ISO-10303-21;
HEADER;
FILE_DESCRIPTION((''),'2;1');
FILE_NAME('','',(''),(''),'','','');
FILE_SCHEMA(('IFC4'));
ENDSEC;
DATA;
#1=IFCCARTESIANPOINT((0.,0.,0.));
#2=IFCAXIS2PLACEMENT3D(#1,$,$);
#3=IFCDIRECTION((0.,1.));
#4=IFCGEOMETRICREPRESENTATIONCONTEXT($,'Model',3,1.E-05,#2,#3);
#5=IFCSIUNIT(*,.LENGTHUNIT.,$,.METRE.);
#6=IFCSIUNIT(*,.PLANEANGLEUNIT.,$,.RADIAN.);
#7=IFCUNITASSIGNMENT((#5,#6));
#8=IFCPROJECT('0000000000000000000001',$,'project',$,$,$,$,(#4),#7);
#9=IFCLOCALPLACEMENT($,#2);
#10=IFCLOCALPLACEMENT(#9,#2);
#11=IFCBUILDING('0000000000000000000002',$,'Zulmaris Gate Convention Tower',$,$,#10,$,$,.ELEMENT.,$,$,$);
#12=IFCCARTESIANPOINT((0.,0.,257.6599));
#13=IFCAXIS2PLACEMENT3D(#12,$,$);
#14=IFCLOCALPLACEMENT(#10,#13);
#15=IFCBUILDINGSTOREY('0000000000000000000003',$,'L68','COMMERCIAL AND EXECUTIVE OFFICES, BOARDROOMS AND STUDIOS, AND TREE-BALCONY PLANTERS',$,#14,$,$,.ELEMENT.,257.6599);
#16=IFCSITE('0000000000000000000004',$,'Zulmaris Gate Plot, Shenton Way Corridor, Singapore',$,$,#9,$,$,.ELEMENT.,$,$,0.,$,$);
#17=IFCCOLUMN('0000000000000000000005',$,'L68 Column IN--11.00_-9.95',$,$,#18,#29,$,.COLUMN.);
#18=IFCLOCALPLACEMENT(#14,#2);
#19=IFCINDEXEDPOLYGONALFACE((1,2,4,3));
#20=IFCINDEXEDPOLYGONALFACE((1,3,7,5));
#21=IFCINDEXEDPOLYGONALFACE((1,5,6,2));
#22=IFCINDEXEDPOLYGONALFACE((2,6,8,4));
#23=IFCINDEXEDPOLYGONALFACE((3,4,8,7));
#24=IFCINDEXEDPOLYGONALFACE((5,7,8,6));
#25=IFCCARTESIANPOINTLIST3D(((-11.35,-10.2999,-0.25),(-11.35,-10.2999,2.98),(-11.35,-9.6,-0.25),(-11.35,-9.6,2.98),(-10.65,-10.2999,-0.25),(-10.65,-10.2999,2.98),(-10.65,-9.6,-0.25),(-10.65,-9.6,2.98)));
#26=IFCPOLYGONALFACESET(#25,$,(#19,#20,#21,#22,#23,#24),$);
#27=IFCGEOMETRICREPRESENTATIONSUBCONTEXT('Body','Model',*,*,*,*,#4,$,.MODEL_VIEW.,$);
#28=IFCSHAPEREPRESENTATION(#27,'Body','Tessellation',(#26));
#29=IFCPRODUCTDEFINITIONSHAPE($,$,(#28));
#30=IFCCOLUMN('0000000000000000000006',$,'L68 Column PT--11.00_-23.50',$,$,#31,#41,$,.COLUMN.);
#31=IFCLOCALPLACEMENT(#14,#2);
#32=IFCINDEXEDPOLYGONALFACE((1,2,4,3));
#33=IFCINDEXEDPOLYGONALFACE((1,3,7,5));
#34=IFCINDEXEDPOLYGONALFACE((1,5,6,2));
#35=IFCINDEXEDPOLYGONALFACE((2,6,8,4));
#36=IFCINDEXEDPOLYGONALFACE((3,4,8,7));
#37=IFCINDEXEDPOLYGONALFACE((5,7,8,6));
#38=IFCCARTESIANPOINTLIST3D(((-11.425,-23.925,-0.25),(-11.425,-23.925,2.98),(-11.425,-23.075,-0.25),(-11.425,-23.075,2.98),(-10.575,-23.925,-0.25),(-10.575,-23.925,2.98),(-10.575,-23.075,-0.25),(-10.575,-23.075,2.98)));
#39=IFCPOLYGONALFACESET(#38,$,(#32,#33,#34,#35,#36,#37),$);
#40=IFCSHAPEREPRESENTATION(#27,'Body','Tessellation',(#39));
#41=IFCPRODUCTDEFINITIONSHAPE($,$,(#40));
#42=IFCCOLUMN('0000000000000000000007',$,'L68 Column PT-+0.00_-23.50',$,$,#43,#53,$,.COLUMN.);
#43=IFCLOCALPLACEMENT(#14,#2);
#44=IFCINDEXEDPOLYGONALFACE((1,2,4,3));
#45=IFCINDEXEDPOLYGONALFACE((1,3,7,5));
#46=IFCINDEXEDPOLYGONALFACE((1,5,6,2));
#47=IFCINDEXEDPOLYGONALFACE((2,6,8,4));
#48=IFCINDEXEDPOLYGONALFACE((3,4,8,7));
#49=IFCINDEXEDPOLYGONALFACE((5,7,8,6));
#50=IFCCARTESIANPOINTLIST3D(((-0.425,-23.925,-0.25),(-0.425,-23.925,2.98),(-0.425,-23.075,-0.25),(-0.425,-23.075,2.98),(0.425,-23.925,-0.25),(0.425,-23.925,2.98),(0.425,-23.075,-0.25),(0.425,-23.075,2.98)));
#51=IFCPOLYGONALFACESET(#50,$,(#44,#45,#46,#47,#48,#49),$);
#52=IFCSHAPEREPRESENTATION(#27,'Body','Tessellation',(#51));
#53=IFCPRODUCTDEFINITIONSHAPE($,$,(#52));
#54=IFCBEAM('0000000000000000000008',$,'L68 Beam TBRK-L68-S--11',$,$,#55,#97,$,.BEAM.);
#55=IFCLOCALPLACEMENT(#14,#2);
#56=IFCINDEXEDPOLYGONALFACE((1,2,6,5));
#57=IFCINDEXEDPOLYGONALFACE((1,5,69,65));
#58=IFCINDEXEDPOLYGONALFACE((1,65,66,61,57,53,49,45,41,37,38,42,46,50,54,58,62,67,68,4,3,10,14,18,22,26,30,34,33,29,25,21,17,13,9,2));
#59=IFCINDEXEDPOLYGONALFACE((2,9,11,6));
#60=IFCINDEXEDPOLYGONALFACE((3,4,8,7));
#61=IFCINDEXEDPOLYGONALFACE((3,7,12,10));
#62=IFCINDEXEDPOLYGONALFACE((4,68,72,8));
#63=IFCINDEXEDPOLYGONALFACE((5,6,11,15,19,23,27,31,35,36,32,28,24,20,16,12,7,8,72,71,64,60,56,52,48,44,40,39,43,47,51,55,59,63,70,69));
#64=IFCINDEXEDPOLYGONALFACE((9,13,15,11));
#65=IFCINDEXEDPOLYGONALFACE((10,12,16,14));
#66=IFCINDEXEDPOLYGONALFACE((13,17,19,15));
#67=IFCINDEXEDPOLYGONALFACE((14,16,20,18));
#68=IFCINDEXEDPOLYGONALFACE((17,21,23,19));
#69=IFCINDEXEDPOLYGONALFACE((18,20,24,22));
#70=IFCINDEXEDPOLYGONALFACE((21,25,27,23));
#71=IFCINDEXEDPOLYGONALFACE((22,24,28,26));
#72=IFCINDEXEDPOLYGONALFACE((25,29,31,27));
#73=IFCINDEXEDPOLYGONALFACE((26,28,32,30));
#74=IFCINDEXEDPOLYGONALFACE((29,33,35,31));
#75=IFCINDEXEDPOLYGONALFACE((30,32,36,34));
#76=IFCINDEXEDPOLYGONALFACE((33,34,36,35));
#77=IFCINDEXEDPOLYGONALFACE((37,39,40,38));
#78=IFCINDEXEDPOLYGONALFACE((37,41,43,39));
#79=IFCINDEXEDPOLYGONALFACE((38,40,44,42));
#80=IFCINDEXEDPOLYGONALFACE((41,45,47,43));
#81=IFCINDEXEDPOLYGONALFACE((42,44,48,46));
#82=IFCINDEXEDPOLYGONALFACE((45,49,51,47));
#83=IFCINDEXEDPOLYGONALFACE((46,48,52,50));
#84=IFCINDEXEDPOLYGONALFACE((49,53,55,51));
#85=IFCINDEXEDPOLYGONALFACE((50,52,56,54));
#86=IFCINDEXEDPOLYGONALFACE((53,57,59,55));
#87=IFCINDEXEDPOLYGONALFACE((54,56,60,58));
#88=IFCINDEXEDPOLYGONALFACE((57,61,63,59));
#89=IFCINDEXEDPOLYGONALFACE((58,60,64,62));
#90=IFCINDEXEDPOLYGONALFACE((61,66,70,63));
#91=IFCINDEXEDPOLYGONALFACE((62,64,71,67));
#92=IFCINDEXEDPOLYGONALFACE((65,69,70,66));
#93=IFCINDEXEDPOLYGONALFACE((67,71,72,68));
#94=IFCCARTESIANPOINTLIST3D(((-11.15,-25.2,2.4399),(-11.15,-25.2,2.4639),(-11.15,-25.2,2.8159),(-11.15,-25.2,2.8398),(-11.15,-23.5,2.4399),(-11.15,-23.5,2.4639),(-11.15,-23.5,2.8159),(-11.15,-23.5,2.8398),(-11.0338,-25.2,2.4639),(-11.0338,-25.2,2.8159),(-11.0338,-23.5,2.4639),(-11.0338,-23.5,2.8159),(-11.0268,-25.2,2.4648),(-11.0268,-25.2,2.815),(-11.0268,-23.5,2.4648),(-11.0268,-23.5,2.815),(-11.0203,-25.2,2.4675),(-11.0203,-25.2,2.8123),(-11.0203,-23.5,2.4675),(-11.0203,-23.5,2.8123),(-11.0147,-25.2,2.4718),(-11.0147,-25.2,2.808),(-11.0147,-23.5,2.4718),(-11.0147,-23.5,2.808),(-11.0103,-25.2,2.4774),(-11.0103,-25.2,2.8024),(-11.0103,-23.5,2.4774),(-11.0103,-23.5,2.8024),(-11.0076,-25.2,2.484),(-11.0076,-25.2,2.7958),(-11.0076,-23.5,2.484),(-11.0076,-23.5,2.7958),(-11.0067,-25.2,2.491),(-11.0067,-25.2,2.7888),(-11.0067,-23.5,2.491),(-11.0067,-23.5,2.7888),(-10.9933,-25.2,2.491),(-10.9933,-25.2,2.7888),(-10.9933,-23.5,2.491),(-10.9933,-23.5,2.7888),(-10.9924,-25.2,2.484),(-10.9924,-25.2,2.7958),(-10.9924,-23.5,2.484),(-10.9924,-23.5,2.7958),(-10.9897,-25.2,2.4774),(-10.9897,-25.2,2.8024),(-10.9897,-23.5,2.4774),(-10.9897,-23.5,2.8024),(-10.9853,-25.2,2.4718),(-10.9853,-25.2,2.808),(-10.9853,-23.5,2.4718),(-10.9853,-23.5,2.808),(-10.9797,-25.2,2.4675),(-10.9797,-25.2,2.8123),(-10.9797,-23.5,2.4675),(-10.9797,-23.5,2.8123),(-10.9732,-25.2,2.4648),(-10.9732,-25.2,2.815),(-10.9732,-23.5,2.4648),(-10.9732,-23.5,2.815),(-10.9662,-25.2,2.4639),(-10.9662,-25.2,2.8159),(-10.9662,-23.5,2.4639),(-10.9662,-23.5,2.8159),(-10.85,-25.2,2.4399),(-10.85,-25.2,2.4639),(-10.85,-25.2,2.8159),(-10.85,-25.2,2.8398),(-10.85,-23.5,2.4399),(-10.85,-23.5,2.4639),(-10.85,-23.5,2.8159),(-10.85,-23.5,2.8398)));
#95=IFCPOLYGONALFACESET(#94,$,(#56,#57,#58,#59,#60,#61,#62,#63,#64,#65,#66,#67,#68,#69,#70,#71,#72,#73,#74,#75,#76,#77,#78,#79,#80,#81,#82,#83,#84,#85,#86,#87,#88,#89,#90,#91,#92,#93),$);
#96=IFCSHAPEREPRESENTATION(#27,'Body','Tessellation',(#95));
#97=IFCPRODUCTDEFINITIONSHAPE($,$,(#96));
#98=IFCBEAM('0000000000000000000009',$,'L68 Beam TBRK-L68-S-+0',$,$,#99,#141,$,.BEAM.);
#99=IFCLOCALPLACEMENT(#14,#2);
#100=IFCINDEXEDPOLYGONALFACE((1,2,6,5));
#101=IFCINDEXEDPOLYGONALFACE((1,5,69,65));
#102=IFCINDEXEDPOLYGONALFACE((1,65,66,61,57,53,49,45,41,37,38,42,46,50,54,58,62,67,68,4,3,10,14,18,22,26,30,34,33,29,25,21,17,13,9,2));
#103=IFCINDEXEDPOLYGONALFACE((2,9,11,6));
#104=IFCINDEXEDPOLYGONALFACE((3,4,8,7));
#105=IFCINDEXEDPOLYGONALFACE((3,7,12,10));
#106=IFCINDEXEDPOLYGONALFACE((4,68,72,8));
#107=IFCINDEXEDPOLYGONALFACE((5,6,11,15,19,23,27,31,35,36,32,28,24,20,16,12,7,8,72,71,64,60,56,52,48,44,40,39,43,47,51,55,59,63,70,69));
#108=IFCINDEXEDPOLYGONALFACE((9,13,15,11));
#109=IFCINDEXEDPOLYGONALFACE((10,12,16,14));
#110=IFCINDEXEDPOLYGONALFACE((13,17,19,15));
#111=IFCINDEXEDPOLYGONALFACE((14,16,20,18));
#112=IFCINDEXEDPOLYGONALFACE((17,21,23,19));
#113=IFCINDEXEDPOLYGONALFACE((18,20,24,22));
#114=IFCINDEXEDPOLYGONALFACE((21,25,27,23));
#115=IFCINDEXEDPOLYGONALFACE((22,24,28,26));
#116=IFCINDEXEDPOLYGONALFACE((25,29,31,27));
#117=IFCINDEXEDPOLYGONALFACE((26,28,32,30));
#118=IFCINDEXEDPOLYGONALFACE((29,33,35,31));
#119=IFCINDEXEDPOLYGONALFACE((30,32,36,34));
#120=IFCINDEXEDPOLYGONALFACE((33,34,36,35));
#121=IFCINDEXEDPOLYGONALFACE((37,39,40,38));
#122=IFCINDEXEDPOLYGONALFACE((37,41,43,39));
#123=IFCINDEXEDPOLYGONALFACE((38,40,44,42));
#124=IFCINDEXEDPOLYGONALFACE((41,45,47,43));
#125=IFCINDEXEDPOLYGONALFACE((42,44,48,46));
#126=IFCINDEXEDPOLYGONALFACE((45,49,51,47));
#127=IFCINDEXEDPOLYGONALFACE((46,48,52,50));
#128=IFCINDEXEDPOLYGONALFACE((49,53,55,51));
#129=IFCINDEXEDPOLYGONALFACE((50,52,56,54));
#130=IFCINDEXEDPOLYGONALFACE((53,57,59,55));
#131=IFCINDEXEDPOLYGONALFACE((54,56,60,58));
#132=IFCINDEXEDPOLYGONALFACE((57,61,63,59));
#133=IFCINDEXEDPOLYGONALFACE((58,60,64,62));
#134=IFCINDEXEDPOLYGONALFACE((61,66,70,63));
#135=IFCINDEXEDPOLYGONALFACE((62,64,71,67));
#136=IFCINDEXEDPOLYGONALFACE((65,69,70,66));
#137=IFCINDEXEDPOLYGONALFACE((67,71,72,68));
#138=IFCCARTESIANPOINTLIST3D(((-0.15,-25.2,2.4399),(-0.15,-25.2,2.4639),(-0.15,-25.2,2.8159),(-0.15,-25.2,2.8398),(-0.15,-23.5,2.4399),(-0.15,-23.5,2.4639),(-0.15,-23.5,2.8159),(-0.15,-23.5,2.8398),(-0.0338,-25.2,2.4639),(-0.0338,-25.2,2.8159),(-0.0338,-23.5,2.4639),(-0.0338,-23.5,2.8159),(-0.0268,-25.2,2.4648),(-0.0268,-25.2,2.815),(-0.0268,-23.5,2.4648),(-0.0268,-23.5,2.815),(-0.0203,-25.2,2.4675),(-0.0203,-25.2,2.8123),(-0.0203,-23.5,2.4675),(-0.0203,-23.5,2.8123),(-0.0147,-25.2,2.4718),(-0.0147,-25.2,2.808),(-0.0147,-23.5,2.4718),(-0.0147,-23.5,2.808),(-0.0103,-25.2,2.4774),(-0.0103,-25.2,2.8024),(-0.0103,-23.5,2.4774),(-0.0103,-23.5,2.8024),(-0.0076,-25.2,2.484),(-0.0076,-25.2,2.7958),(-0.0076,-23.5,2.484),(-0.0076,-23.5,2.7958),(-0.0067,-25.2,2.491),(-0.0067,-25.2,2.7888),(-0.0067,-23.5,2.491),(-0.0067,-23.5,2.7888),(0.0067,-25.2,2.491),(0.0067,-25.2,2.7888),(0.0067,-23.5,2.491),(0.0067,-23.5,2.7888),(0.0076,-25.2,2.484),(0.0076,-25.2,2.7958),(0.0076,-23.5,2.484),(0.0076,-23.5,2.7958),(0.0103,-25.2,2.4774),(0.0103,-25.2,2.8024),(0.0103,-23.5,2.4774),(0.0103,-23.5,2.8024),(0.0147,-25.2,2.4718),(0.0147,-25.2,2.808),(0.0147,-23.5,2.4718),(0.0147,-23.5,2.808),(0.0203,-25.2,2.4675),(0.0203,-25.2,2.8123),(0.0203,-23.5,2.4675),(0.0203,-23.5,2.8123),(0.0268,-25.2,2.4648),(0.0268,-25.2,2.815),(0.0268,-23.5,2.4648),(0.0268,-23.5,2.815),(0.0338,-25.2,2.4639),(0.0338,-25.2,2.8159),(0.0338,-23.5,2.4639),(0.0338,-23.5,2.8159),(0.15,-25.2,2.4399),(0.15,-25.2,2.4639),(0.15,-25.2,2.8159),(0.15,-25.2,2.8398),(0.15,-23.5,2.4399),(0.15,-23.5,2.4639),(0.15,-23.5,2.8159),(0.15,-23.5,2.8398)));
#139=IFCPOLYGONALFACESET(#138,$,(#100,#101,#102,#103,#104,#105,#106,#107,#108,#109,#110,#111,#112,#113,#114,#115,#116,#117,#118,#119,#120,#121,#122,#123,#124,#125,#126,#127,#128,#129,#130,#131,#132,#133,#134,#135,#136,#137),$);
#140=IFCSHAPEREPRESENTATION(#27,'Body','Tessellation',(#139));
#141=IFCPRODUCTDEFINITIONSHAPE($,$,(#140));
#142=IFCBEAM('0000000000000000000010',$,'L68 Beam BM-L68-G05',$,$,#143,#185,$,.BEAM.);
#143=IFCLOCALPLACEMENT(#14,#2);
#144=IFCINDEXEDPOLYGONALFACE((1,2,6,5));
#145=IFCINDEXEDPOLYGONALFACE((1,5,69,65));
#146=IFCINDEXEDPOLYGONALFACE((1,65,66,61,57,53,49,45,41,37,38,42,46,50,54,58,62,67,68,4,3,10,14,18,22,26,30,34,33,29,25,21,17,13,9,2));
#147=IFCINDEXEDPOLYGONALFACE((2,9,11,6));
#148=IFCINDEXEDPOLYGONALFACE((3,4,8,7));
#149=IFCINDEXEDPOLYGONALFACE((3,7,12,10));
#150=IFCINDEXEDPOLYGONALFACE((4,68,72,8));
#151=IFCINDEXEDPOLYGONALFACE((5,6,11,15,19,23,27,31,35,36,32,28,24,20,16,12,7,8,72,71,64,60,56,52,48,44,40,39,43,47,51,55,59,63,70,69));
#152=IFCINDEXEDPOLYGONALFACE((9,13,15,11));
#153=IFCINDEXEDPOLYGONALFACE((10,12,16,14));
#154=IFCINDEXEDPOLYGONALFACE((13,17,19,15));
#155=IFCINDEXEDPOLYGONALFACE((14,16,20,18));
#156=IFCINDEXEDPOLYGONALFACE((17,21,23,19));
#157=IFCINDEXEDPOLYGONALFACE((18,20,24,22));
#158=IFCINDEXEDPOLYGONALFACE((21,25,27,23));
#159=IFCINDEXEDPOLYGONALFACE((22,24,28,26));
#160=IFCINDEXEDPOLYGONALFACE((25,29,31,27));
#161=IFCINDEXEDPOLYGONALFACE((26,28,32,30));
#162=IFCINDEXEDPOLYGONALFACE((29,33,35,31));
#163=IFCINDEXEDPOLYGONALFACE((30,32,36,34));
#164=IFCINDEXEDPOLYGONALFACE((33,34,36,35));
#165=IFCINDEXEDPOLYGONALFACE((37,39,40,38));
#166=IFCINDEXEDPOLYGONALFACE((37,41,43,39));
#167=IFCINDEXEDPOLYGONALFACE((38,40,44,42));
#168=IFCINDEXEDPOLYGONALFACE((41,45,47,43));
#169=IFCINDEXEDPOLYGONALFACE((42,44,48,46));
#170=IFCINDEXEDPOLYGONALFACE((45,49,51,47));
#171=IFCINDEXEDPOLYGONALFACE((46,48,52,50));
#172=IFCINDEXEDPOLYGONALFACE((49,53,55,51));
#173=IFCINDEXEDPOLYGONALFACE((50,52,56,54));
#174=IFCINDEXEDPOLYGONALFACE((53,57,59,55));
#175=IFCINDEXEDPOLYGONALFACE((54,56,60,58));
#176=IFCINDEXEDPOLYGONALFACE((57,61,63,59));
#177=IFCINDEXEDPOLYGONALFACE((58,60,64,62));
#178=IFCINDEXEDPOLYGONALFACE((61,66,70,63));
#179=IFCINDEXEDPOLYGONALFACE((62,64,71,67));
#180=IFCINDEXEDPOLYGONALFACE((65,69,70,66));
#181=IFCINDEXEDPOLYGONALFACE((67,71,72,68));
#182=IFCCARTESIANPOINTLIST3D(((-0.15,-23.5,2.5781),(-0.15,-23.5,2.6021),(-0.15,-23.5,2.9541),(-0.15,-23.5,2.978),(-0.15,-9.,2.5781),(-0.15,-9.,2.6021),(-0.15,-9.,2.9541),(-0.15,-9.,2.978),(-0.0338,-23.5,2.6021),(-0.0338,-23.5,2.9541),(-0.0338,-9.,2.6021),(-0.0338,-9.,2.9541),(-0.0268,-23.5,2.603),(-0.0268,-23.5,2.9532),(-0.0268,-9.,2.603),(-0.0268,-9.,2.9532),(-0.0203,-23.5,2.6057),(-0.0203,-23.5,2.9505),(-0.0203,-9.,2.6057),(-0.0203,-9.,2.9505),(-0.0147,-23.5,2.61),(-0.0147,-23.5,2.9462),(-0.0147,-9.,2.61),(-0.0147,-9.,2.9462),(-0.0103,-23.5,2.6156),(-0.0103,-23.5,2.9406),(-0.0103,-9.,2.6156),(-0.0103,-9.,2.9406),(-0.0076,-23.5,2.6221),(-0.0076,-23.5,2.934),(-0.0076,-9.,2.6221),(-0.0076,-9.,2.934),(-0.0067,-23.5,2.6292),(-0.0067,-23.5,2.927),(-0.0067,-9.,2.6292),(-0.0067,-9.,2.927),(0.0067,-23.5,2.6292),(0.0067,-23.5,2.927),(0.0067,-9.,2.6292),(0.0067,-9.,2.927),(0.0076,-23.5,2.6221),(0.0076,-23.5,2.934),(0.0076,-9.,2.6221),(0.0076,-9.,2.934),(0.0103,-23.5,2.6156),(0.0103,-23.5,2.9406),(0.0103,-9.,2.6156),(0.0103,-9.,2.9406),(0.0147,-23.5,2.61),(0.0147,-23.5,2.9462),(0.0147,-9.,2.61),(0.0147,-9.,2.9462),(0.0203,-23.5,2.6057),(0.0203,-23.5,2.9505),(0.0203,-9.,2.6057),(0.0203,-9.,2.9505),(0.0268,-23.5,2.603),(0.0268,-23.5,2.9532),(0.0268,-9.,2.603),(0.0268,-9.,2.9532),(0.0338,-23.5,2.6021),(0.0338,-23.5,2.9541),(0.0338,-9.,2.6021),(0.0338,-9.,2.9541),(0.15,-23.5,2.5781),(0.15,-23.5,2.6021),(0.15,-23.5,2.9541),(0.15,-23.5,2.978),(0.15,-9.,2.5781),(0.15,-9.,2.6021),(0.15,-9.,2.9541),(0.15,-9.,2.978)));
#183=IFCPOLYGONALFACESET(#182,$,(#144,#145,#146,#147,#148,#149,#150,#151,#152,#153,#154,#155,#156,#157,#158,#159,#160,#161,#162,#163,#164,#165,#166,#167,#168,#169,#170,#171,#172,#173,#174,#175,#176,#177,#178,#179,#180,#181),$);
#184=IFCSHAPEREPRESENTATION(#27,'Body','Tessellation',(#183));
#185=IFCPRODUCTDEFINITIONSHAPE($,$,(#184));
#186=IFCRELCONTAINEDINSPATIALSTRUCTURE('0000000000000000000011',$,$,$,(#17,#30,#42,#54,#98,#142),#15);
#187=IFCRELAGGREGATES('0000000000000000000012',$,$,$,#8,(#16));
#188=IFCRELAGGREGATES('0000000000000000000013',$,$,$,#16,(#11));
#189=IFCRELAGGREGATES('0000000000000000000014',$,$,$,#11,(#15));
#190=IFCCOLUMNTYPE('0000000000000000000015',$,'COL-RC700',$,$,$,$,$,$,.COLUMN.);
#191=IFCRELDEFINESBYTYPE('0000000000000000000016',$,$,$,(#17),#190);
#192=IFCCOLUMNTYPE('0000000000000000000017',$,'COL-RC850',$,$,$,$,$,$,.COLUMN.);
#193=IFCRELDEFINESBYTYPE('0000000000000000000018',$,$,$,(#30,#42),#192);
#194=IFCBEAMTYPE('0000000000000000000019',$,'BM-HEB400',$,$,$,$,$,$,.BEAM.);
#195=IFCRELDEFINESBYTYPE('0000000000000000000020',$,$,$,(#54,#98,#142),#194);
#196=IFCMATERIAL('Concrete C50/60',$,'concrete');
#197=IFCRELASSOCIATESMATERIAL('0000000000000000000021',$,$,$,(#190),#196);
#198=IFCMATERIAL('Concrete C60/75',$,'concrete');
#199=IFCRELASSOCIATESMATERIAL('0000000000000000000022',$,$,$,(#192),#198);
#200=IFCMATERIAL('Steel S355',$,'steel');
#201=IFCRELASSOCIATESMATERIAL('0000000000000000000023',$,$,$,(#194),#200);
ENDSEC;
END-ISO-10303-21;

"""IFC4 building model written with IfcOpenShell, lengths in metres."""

from ifc_helpers import new_model, si_unit, direction, frame, origin, origin_2d, place, context, subcontext, project, spatial, rectangle, i_section, extrude, material, material_profile, profile_set, type_object, element, save


model = new_model("IFC4")

# Units and contexts
model_context = context("Model", 3, precision=1e-05, world=origin(), true_north=direction((0.0, 1.0)))
body_context = subcontext(model_context, "Body", "Model", "MODEL_VIEW")
ifc_project = project(units=[si_unit("LENGTHUNIT", "METRE"), si_unit("PLANEANGLEUNIT", "RADIAN")], contexts=[model_context])

# Site, building, storey
site_placement = place(None, origin())
site = spatial("IfcSite", under=ifc_project, at=site_placement, Name="Zulmaris Gate Plot, Shenton Way Corridor, Singapore", CompositionType="ELEMENT", RefElevation=0.0)
building_placement = place(site_placement, origin())
building = spatial("IfcBuilding", under=site, at=building_placement, Name="Zulmaris Gate Convention Tower", CompositionType="ELEMENT")
storey_placement = place(building_placement, frame((0.0, 0.0, 257.6599)))
storey = spatial("IfcBuildingStorey", under=building, at=storey_placement, Name="L68", Description="COMMERCIAL AND EXECUTIVE OFFICES, BOARDROOMS AND STUDIOS, AND TREE-BALCONY PLANTERS", CompositionType="ELEMENT", Elevation=257.6599)

# Columns
ifc_material_1 = material(Name="Concrete C50/60", Category="concrete")
ifc_material_profile_1 = material_profile(ifc_material_1, rectangle(XDim=0.7, YDim=0.7, at=origin_2d()), Name="RC COL 700x700")
ifc_profile_set_1 = profile_set([ifc_material_profile_1], Name="Concrete C50/60")
column_type_1 = type_object("IfcColumnType", Name="COL-RC700", PredefinedType="COLUMN", material=ifc_profile_set_1)
column_placement = place(storey_placement, frame((-11.0, -9.95, -0.25), z_axis=(0.0, 0.0, 1.0), x_axis=(1.0, 0.0, 0.0)))
element("IfcColumn", 1, at=column_placement, inside=storey, type_object=column_type_1, Name="L68 Column IN--11.00_-9.95", PredefinedType="COLUMN", context=body_context, shape_type="SweptSolid", body=[
    extrude(rectangle(XDim=0.7, YDim=0.7, at=origin_2d()), origin(), (0.0, 0.0, 1.0), 3.23),
])
ifc_material_2 = material(Name="Concrete C60/75", Category="concrete")
ifc_material_profile_2 = material_profile(ifc_material_2, rectangle(XDim=0.8501, YDim=0.8501, at=origin_2d()), Name="RC COL 850x850")
ifc_profile_set_2 = profile_set([ifc_material_profile_2], Name="Concrete C60/75")
column_type_2 = type_object("IfcColumnType", Name="COL-RC850", PredefinedType="COLUMN", material=ifc_profile_set_2)
for number, where, z_axis, x_axis, name in (
    (2, (-11.0, -23.5, -0.25), (0.0, 0.0, 1.0), (1.0, 0.0, 0.0), "L68 Column PT--11.00_-23.50"),
    (3, (0.0, -23.5, -0.25), (0.0, 0.0, 1.0), (1.0, 0.0, 0.0), "L68 Column PT-+0.00_-23.50"),
):
    element("IfcColumn", number, at=place(storey_placement, frame(where, z_axis=z_axis, x_axis=x_axis)), inside=storey, type_object=column_type_2, Name=name, PredefinedType="COLUMN", context=body_context, shape_type="SweptSolid", body=[
        extrude(rectangle(XDim=0.8501, YDim=0.8501, at=origin_2d()), origin(), (0.0, 0.0, 1.0), 3.23),
    ])

# Beams
ifc_material_3 = material(Name="Steel S355", Category="steel")
ifc_material_profile_3 = material_profile(ifc_material_3, i_section(OverallWidth=0.3, OverallDepth=0.3999, WebThickness=0.0134, FlangeThickness=0.0239, FilletRadius=0.0271, at=origin_2d()), Name="HEB 400")
ifc_profile_set_3 = profile_set([ifc_material_profile_3], Name="Steel S355")
beam_type_1 = type_object("IfcBeamType", Name="BM-HEB400", PredefinedType="BEAM", material=ifc_profile_set_3)
for number, where, z_axis, x_axis, name in (
    (4, (-11.0, -25.2, 2.6399), (0.0, 1.0, 0.0), (-1.0, 0.0, 0.0), "L68 Beam TBRK-L68-S--11"),
    (5, (0.0, -25.2, 2.6399), (0.0, 1.0, 0.0), (-1.0, 0.0, 0.0), "L68 Beam TBRK-L68-S-+0"),
):
    element("IfcBeam", number, at=place(storey_placement, frame(where, z_axis=z_axis, x_axis=x_axis)), inside=storey, type_object=beam_type_1, Name=name, PredefinedType="BEAM", context=body_context, shape_type="SweptSolid", body=[
        extrude(i_section(OverallWidth=0.3, OverallDepth=0.3999, WebThickness=0.0134, FlangeThickness=0.0239, FilletRadius=0.0271, at=origin_2d()), origin(), (0.0, 0.0, 1.0), 1.7),
    ])
beam_1_placement = place(storey_placement, frame((0.0, -23.5, 2.7781), z_axis=(0.0, 1.0, 0.0), x_axis=(-1.0, 0.0, 0.0)))
element("IfcBeam", 6, at=beam_1_placement, inside=storey, type_object=beam_type_1, Name="L68 Beam BM-L68-G05", PredefinedType="BEAM", context=body_context, shape_type="SweptSolid", body=[
    extrude(i_section(OverallWidth=0.3, OverallDepth=0.3999, WebThickness=0.0134, FlangeThickness=0.0239, FilletRadius=0.0271, at=origin_2d()), origin(), (0.0, 0.0, 1.0), 14.5),
])

save(model, "model.ifc")
